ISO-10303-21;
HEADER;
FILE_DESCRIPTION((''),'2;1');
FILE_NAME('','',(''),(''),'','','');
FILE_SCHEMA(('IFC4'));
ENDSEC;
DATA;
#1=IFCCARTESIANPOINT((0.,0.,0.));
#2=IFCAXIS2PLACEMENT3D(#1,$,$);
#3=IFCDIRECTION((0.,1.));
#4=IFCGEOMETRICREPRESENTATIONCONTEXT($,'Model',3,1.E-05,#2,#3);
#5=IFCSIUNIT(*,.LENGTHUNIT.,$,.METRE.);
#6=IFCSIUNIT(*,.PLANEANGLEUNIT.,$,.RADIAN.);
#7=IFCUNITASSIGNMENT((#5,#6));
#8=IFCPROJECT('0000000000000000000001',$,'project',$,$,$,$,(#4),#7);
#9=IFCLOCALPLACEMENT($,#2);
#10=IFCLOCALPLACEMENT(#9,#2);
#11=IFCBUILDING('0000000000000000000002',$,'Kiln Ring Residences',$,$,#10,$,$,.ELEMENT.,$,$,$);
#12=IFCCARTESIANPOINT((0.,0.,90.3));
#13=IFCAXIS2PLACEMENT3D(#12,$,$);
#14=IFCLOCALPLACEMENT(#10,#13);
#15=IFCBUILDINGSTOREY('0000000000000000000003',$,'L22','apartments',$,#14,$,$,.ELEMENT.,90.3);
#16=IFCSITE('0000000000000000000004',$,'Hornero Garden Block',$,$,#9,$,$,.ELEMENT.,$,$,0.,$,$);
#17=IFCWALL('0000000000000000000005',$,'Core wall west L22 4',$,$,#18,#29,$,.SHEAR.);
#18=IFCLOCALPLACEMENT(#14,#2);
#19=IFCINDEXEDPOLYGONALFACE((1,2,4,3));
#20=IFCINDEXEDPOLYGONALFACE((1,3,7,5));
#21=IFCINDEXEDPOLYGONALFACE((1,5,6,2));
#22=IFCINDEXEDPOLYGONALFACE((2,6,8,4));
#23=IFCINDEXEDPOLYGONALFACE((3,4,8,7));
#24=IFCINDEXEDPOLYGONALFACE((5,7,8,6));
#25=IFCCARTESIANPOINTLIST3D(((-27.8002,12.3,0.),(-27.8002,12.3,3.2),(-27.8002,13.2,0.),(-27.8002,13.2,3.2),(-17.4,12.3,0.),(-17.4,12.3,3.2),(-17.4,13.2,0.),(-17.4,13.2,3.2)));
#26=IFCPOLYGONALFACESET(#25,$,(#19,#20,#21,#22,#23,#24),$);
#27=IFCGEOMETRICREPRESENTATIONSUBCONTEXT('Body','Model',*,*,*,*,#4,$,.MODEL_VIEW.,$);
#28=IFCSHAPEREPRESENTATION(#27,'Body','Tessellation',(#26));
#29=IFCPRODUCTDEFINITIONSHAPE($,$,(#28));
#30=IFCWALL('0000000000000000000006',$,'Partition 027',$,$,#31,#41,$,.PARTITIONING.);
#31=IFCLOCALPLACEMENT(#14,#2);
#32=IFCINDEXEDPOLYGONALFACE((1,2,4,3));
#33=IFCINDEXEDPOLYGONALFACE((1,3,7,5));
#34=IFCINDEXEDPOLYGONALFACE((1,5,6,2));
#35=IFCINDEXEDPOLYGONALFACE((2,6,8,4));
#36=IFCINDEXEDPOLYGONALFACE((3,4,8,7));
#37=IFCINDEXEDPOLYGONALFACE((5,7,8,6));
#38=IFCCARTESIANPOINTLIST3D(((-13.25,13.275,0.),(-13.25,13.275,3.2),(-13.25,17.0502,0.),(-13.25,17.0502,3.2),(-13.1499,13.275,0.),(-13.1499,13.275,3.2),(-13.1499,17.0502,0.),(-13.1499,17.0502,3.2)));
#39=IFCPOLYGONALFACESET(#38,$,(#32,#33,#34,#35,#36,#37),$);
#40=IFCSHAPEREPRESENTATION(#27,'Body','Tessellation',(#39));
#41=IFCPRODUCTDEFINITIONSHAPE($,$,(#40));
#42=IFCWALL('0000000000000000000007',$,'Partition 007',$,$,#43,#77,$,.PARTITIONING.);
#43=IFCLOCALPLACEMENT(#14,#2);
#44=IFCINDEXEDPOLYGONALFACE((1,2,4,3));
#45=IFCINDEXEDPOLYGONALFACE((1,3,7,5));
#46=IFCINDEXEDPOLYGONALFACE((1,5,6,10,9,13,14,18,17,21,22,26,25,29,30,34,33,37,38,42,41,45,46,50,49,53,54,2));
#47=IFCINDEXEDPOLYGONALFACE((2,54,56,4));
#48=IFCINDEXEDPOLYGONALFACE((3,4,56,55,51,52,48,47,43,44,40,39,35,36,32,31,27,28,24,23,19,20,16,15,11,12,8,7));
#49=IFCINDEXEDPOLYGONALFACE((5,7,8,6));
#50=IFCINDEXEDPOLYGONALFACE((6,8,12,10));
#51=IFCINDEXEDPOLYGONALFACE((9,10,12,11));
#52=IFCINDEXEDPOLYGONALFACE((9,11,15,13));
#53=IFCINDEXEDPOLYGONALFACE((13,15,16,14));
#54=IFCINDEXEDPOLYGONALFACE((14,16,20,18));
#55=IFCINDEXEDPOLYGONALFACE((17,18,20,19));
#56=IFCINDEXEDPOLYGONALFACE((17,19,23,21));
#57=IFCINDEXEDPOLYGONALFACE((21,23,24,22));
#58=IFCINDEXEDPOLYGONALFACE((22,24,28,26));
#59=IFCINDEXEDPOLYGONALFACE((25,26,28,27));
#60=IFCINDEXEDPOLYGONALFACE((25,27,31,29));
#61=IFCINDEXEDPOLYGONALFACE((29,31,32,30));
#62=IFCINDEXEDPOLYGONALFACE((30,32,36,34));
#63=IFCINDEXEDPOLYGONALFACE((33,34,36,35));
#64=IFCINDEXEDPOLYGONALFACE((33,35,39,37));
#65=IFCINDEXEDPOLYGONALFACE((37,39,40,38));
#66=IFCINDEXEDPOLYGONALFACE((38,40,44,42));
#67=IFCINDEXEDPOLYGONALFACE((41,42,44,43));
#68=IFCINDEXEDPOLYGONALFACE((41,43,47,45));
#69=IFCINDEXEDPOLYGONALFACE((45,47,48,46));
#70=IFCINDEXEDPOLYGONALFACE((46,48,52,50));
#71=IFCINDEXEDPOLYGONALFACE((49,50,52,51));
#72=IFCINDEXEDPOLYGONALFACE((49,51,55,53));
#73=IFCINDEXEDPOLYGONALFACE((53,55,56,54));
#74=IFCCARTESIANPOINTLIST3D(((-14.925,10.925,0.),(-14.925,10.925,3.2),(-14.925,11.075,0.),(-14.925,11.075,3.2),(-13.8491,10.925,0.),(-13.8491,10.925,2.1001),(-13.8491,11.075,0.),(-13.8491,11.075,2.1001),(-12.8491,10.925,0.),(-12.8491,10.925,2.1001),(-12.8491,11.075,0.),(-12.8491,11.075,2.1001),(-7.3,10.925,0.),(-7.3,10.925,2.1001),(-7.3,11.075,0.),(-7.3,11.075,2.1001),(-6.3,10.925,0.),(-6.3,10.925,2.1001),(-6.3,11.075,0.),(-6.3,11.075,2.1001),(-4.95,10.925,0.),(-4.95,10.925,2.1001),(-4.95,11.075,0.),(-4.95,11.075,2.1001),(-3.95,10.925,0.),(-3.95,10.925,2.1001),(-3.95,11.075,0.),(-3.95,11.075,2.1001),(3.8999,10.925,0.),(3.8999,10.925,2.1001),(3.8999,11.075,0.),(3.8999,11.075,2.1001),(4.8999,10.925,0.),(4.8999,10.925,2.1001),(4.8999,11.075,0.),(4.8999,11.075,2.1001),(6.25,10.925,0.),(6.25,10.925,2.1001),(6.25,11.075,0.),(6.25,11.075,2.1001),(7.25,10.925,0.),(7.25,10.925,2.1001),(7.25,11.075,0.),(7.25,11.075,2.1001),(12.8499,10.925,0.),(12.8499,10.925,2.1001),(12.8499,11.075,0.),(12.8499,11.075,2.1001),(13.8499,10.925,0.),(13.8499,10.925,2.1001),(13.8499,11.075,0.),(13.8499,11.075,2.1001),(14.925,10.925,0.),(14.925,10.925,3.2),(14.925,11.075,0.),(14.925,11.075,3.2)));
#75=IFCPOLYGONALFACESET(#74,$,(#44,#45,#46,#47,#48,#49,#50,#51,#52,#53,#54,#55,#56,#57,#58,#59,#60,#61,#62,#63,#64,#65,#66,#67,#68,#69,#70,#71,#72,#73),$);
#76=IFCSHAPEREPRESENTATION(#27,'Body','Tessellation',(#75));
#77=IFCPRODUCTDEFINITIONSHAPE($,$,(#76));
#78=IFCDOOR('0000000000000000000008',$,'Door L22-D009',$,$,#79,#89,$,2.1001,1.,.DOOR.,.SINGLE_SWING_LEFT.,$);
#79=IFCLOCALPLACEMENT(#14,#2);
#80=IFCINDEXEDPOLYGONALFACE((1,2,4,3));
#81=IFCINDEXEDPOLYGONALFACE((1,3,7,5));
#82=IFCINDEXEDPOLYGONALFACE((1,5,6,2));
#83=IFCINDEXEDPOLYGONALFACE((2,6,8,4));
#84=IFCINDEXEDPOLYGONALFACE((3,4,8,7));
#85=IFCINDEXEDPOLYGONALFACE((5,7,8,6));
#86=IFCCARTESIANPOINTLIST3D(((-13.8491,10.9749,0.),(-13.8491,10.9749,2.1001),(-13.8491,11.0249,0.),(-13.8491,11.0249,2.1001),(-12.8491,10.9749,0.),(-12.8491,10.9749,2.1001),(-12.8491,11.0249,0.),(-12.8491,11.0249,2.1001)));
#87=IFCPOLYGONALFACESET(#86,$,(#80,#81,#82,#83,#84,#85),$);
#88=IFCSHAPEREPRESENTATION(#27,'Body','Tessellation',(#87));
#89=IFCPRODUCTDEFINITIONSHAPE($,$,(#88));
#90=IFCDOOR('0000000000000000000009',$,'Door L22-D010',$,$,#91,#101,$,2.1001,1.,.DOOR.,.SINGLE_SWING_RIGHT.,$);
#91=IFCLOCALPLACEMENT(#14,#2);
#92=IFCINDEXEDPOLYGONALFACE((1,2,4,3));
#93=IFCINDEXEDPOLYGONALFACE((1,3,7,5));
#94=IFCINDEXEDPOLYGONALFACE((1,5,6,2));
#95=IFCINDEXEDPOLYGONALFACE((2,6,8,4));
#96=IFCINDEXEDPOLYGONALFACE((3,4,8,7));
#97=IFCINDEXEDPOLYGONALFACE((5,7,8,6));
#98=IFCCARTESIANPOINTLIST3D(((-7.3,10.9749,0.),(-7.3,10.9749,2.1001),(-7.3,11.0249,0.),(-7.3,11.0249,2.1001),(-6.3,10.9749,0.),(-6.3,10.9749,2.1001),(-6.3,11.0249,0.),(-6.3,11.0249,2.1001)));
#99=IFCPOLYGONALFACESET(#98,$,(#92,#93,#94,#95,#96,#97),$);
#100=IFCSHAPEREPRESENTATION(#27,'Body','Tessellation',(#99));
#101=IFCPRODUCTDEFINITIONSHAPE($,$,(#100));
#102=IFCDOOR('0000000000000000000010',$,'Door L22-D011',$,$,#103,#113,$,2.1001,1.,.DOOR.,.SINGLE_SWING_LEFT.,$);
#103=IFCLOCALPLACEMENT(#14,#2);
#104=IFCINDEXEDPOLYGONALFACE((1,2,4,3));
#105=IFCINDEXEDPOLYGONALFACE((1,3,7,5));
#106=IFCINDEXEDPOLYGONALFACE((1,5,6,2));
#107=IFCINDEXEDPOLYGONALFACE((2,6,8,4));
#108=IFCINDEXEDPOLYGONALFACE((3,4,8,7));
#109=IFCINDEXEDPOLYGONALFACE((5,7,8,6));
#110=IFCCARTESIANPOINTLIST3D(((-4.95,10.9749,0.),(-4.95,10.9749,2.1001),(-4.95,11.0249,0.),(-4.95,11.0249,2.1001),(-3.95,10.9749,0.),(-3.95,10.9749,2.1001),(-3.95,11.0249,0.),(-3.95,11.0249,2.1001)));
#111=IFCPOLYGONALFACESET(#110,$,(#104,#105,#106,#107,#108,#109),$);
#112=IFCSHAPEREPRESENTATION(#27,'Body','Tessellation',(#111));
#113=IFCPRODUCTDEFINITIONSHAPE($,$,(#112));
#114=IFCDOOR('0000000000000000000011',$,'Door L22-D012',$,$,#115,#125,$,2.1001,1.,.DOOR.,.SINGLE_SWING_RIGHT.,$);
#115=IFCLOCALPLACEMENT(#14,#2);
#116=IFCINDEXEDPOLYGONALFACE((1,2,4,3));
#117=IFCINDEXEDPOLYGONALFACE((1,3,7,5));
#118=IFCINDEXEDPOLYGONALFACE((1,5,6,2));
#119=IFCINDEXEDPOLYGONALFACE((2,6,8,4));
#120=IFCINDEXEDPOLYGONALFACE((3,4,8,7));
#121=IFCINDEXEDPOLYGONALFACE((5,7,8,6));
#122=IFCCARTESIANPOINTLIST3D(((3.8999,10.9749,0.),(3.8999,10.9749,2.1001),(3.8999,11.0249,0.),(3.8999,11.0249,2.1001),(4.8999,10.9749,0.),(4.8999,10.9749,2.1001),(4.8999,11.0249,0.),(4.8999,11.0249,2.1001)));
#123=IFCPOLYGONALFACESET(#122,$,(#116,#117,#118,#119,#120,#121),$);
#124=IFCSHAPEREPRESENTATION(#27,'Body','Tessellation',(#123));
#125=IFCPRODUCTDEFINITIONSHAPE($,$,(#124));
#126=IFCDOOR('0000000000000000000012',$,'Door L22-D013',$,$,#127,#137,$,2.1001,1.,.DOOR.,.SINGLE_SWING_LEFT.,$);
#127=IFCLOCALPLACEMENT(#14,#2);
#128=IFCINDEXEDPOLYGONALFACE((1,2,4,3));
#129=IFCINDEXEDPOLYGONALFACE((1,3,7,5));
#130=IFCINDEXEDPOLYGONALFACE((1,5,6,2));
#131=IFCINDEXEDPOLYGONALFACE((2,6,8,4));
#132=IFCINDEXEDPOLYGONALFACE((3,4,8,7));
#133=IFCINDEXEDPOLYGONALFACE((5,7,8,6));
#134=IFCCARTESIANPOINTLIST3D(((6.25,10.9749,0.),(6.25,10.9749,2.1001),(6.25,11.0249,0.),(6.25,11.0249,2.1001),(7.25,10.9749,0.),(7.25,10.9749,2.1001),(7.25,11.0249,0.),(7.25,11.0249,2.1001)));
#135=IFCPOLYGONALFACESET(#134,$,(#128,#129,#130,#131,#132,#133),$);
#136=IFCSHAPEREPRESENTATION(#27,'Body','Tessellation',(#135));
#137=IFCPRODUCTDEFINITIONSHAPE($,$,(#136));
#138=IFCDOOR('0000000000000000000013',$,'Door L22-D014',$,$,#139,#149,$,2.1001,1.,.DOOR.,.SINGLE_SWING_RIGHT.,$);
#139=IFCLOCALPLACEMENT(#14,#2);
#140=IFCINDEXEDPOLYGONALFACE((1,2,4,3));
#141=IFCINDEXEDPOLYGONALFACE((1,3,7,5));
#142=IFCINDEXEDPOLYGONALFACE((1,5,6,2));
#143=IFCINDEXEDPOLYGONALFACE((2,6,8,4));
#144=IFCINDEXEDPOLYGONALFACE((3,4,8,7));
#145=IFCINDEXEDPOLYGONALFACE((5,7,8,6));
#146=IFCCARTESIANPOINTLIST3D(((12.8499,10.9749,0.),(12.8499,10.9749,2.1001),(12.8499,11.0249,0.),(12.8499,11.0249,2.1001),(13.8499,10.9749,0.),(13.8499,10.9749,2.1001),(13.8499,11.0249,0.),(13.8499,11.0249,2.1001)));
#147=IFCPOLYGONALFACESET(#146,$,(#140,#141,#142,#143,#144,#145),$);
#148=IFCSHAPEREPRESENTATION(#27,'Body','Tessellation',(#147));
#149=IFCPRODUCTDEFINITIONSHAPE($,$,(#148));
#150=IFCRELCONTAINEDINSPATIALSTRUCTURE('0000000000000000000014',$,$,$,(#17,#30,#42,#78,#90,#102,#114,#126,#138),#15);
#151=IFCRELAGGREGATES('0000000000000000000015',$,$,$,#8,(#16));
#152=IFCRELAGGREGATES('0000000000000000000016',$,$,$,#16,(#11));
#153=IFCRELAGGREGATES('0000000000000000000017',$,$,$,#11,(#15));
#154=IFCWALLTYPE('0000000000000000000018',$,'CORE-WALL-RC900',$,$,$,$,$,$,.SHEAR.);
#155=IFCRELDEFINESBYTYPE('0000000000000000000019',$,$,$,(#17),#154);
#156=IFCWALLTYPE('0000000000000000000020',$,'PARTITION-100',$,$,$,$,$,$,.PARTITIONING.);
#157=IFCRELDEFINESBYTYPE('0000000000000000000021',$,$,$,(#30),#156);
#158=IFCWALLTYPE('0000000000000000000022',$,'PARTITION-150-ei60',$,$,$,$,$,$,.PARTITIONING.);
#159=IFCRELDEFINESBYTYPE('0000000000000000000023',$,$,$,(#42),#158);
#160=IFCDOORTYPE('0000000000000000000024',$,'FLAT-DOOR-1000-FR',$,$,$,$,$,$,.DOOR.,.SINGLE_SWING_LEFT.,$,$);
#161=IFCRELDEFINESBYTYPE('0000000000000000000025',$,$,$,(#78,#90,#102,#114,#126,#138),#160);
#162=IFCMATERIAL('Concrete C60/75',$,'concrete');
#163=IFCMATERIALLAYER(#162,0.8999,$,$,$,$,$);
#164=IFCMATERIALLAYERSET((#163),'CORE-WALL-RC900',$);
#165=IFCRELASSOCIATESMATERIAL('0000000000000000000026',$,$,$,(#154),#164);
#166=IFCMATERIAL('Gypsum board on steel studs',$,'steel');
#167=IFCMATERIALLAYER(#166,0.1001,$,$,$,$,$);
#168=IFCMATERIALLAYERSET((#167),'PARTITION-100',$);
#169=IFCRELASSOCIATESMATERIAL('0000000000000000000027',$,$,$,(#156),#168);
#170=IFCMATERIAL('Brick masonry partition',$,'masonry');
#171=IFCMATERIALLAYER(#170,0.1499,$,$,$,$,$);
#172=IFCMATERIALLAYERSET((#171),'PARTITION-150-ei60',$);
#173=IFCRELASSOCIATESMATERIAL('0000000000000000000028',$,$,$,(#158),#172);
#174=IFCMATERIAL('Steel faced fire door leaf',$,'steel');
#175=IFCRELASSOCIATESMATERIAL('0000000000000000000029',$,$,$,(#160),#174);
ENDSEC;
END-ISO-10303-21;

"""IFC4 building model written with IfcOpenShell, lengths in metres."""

from ifc_helpers import new_model, si_unit, direction, frame, frame_2d, origin, place, context, subcontext, project, spatial, rectangle, extrude, material, layer, layer_set, type_object, element, fill, save


model = new_model("IFC4")

# Units and contexts
model_context = context("Model", 3, precision=1e-05, world=origin(), true_north=direction((0.0, 1.0)))
body_context = subcontext(model_context, "Body", "Model", "MODEL_VIEW")
ifc_project = project(units=[si_unit("LENGTHUNIT", "METRE"), si_unit("PLANEANGLEUNIT", "RADIAN")], contexts=[model_context])

# Site, building, storey
site_placement = place(None, origin())
site = spatial("IfcSite", under=ifc_project, at=site_placement, Name="Hornero Garden Block", CompositionType="ELEMENT", RefElevation=0.0)
building_placement = place(site_placement, origin())
building = spatial("IfcBuilding", under=site, at=building_placement, Name="Kiln Ring Residences", CompositionType="ELEMENT")
storey_placement = place(building_placement, frame((0.0, 0.0, 90.3)))
storey = spatial("IfcBuildingStorey", under=building, at=storey_placement, Name="L22", Description="apartments", CompositionType="ELEMENT", Elevation=90.3)

# Walls
ifc_material_1 = material(Name="Concrete C60/75", Category="concrete")
ifc_layer_1 = layer(ifc_material_1, 0.8999)
ifc_layer_set_1 = layer_set([ifc_layer_1], Name="CORE-WALL-RC900")
wall_type_1 = type_object("IfcWallType", Name="CORE-WALL-RC900", PredefinedType="SHEAR", material=ifc_layer_set_1)
wall_1_placement = place(storey_placement, frame((-17.3999, 12.75, 0.0), z_axis=(0.0, 0.0, 1.0), x_axis=(-1.0, 0.0, 0.0)))
element("IfcWall", 1, at=wall_1_placement, inside=storey, type_object=wall_type_1, Name="Core wall west L22 4", PredefinedType="SHEAR", context=body_context, shape_type="SweptSolid", body=[
    extrude(rectangle(XDim=10.4001, YDim=0.8999, at=frame_2d((5.2002, 0.0))), origin(), (0.0, 0.0, 1.0), 3.2),
])
ifc_material_2 = material(Name="Gypsum board on steel studs", Category="steel")
ifc_layer_2 = layer(ifc_material_2, 0.1001)
ifc_layer_set_2 = layer_set([ifc_layer_2], Name="PARTITION-100")
wall_type_2 = type_object("IfcWallType", Name="PARTITION-100", PredefinedType="PARTITIONING", material=ifc_layer_set_2)
wall_2_placement = place(storey_placement, frame((-13.2, 13.2749, 0.0), z_axis=(0.0, 0.0, 1.0), x_axis=(0.0, 1.0, 0.0)))
element("IfcWall", 2, at=wall_2_placement, inside=storey, type_object=wall_type_2, Name="Partition 027", PredefinedType="PARTITIONING", context=body_context, shape_type="SweptSolid", body=[
    extrude(rectangle(XDim=3.7751, YDim=0.1001, at=frame_2d((1.8877, 0.0))), origin(), (0.0, 0.0, 1.0), 3.2),
])

# Wall, openings, doors
ifc_material_3 = material(Name="Brick masonry partition", Category="masonry")
ifc_layer_3 = layer(ifc_material_3, 0.1499)
ifc_layer_set_3 = layer_set([ifc_layer_3], Name="PARTITION-150-ei60")
wall_type_3 = type_object("IfcWallType", Name="PARTITION-150-ei60", PredefinedType="PARTITIONING", material=ifc_layer_set_3)
wall_3_placement = place(storey_placement, frame((-14.925, 11.0, 0.0), z_axis=(0.0, 0.0, 1.0), x_axis=(1.0, 0.0, 0.0)))
wall_3 = element("IfcWall", 3, at=wall_3_placement, inside=storey, type_object=wall_type_3, Name="Partition 007", PredefinedType="PARTITIONING", context=body_context, shape_type="SweptSolid", body=[
    extrude(rectangle(XDim=29.8501, YDim=0.1499, at=frame_2d((14.925, 0.0))), origin(), (0.0, 0.0, 1.0), 3.2),
])
opening_1_placement = place(wall_3_placement, frame((1.0759, 0.0, 0.0)))
opening_1 = element("IfcOpeningElement", 4, at=opening_1_placement, cuts=wall_3, PredefinedType="OPENING", context=body_context, shape_type="SweptSolid", body=[
    extrude(rectangle(XDim=1.0, YDim=2.1001, at=frame_2d((0.5, 1.05))), frame((0.0, 0.085, 0.0), z_axis=(0.0, -1.0, 0.0), x_axis=(1.0, 0.0, 0.0)), (0.0, 0.0, 1.0), 0.1699),
])
opening_2_placement = place(wall_3_placement, frame((7.625, 0.0, 0.0)))
opening_2 = element("IfcOpeningElement", 5, at=opening_2_placement, cuts=wall_3, PredefinedType="OPENING", context=body_context, shape_type="SweptSolid", body=[
    extrude(rectangle(XDim=1.0, YDim=2.1001, at=frame_2d((0.5, 1.05))), frame((0.0, 0.085, 0.0), z_axis=(0.0, -1.0, 0.0), x_axis=(1.0, 0.0, 0.0)), (0.0, 0.0, 1.0), 0.1699),
])
opening_3_placement = place(wall_3_placement, frame((9.9751, 0.0, 0.0)))
opening_3 = element("IfcOpeningElement", 6, at=opening_3_placement, cuts=wall_3, PredefinedType="OPENING", context=body_context, shape_type="SweptSolid", body=[
    extrude(rectangle(XDim=1.0, YDim=2.1001, at=frame_2d((0.5, 1.05))), frame((0.0, 0.085, 0.0), z_axis=(0.0, -1.0, 0.0), x_axis=(1.0, 0.0, 0.0)), (0.0, 0.0, 1.0), 0.1699),
])
opening_4_placement = place(wall_3_placement, frame((18.825, 0.0, 0.0)))
opening_4 = element("IfcOpeningElement", 7, at=opening_4_placement, cuts=wall_3, PredefinedType="OPENING", context=body_context, shape_type="SweptSolid", body=[
    extrude(rectangle(XDim=1.0, YDim=2.1001, at=frame_2d((0.5, 1.05))), frame((0.0, 0.085, 0.0), z_axis=(0.0, -1.0, 0.0), x_axis=(1.0, 0.0, 0.0)), (0.0, 0.0, 1.0), 0.1699),
])
opening_5_placement = place(wall_3_placement, frame((21.175, 0.0, 0.0)))
opening_5 = element("IfcOpeningElement", 8, at=opening_5_placement, cuts=wall_3, PredefinedType="OPENING", context=body_context, shape_type="SweptSolid", body=[
    extrude(rectangle(XDim=1.0, YDim=2.1001, at=frame_2d((0.5, 1.05))), frame((0.0, 0.085, 0.0), z_axis=(0.0, -1.0, 0.0), x_axis=(1.0, 0.0, 0.0)), (0.0, 0.0, 1.0), 0.1699),
])
opening_6_placement = place(wall_3_placement, frame((27.7749, 0.0, 0.0)))
opening_6 = element("IfcOpeningElement", 9, at=opening_6_placement, cuts=wall_3, PredefinedType="OPENING", context=body_context, shape_type="SweptSolid", body=[
    extrude(rectangle(XDim=1.0, YDim=2.1001, at=frame_2d((0.5, 1.05))), frame((0.0, 0.085, 0.0), z_axis=(0.0, -1.0, 0.0), x_axis=(1.0, 0.0, 0.0)), (0.0, 0.0, 1.0), 0.1699),
])
ifc_material_4 = material(Name="Steel faced fire door leaf", Category="steel")
door_type = type_object("IfcDoorType", Name="FLAT-DOOR-1000-FR", OperationType="SINGLE_SWING_LEFT", PredefinedType="DOOR", material=ifc_material_4)
door_1_placement = place(opening_1_placement, origin())
door_1 = element("IfcDoor", 10, at=door_1_placement, inside=storey, type_object=door_type, Name="Door L22-D009", OperationType="SINGLE_SWING_LEFT", OverallHeight=2.1001, OverallWidth=1.0, PredefinedType="DOOR", context=body_context, shape_type="SweptSolid", body=[
    extrude(rectangle(XDim=1.0, YDim=2.1001, at=frame_2d((0.5, 1.05))), frame((0.0, 0.0249, 0.0), z_axis=(0.0, -1.0, 0.0), x_axis=(1.0, 0.0, 0.0)), (0.0, 0.0, 1.0), 0.05),
])
fill(opening_1, door_1)
door_2_placement = place(opening_2_placement, origin())
door_2 = element("IfcDoor", 11, at=door_2_placement, inside=storey, type_object=door_type, Name="Door L22-D010", OperationType="SINGLE_SWING_RIGHT", OverallHeight=2.1001, OverallWidth=1.0, PredefinedType="DOOR", context=body_context, shape_type="SweptSolid", body=[
    extrude(rectangle(XDim=1.0, YDim=2.1001, at=frame_2d((0.5, 1.05))), frame((0.0, 0.0249, 0.0), z_axis=(0.0, -1.0, 0.0), x_axis=(1.0, 0.0, 0.0)), (0.0, 0.0, 1.0), 0.05),
])
fill(opening_2, door_2)
door_3_placement = place(opening_3_placement, origin())
door_3 = element("IfcDoor", 12, at=door_3_placement, inside=storey, type_object=door_type, Name="Door L22-D011", OperationType="SINGLE_SWING_LEFT", OverallHeight=2.1001, OverallWidth=1.0, PredefinedType="DOOR", context=body_context, shape_type="SweptSolid", body=[
    extrude(rectangle(XDim=1.0, YDim=2.1001, at=frame_2d((0.5, 1.05))), frame((0.0, 0.0249, 0.0), z_axis=(0.0, -1.0, 0.0), x_axis=(1.0, 0.0, 0.0)), (0.0, 0.0, 1.0), 0.05),
])
fill(opening_3, door_3)
door_4_placement = place(opening_4_placement, origin())
door_4 = element("IfcDoor", 13, at=door_4_placement, inside=storey, type_object=door_type, Name="Door L22-D012", OperationType="SINGLE_SWING_RIGHT", OverallHeight=2.1001, OverallWidth=1.0, PredefinedType="DOOR", context=body_context, shape_type="SweptSolid", body=[
    extrude(rectangle(XDim=1.0, YDim=2.1001, at=frame_2d((0.5, 1.05))), frame((0.0, 0.0249, 0.0), z_axis=(0.0, -1.0, 0.0), x_axis=(1.0, 0.0, 0.0)), (0.0, 0.0, 1.0), 0.05),
])
fill(opening_4, door_4)
door_5_placement = place(opening_5_placement, origin())
door_5 = element("IfcDoor", 14, at=door_5_placement, inside=storey, type_object=door_type, Name="Door L22-D013", OperationType="SINGLE_SWING_LEFT", OverallHeight=2.1001, OverallWidth=1.0, PredefinedType="DOOR", context=body_context, shape_type="SweptSolid", body=[
    extrude(rectangle(XDim=1.0, YDim=2.1001, at=frame_2d((0.5, 1.05))), frame((0.0, 0.0249, 0.0), z_axis=(0.0, -1.0, 0.0), x_axis=(1.0, 0.0, 0.0)), (0.0, 0.0, 1.0), 0.05),
])
fill(opening_5, door_5)
door_6_placement = place(opening_6_placement, origin())
door_6 = element("IfcDoor", 15, at=door_6_placement, inside=storey, type_object=door_type, Name="Door L22-D014", OperationType="SINGLE_SWING_RIGHT", OverallHeight=2.1001, OverallWidth=1.0, PredefinedType="DOOR", context=body_context, shape_type="SweptSolid", body=[
    extrude(rectangle(XDim=1.0, YDim=2.1001, at=frame_2d((0.5, 1.05))), frame((0.0, 0.0249, 0.0), z_axis=(0.0, -1.0, 0.0), x_axis=(1.0, 0.0, 0.0)), (0.0, 0.0, 1.0), 0.05),
])
fill(opening_6, door_6)

save(model, "model.ifc")
